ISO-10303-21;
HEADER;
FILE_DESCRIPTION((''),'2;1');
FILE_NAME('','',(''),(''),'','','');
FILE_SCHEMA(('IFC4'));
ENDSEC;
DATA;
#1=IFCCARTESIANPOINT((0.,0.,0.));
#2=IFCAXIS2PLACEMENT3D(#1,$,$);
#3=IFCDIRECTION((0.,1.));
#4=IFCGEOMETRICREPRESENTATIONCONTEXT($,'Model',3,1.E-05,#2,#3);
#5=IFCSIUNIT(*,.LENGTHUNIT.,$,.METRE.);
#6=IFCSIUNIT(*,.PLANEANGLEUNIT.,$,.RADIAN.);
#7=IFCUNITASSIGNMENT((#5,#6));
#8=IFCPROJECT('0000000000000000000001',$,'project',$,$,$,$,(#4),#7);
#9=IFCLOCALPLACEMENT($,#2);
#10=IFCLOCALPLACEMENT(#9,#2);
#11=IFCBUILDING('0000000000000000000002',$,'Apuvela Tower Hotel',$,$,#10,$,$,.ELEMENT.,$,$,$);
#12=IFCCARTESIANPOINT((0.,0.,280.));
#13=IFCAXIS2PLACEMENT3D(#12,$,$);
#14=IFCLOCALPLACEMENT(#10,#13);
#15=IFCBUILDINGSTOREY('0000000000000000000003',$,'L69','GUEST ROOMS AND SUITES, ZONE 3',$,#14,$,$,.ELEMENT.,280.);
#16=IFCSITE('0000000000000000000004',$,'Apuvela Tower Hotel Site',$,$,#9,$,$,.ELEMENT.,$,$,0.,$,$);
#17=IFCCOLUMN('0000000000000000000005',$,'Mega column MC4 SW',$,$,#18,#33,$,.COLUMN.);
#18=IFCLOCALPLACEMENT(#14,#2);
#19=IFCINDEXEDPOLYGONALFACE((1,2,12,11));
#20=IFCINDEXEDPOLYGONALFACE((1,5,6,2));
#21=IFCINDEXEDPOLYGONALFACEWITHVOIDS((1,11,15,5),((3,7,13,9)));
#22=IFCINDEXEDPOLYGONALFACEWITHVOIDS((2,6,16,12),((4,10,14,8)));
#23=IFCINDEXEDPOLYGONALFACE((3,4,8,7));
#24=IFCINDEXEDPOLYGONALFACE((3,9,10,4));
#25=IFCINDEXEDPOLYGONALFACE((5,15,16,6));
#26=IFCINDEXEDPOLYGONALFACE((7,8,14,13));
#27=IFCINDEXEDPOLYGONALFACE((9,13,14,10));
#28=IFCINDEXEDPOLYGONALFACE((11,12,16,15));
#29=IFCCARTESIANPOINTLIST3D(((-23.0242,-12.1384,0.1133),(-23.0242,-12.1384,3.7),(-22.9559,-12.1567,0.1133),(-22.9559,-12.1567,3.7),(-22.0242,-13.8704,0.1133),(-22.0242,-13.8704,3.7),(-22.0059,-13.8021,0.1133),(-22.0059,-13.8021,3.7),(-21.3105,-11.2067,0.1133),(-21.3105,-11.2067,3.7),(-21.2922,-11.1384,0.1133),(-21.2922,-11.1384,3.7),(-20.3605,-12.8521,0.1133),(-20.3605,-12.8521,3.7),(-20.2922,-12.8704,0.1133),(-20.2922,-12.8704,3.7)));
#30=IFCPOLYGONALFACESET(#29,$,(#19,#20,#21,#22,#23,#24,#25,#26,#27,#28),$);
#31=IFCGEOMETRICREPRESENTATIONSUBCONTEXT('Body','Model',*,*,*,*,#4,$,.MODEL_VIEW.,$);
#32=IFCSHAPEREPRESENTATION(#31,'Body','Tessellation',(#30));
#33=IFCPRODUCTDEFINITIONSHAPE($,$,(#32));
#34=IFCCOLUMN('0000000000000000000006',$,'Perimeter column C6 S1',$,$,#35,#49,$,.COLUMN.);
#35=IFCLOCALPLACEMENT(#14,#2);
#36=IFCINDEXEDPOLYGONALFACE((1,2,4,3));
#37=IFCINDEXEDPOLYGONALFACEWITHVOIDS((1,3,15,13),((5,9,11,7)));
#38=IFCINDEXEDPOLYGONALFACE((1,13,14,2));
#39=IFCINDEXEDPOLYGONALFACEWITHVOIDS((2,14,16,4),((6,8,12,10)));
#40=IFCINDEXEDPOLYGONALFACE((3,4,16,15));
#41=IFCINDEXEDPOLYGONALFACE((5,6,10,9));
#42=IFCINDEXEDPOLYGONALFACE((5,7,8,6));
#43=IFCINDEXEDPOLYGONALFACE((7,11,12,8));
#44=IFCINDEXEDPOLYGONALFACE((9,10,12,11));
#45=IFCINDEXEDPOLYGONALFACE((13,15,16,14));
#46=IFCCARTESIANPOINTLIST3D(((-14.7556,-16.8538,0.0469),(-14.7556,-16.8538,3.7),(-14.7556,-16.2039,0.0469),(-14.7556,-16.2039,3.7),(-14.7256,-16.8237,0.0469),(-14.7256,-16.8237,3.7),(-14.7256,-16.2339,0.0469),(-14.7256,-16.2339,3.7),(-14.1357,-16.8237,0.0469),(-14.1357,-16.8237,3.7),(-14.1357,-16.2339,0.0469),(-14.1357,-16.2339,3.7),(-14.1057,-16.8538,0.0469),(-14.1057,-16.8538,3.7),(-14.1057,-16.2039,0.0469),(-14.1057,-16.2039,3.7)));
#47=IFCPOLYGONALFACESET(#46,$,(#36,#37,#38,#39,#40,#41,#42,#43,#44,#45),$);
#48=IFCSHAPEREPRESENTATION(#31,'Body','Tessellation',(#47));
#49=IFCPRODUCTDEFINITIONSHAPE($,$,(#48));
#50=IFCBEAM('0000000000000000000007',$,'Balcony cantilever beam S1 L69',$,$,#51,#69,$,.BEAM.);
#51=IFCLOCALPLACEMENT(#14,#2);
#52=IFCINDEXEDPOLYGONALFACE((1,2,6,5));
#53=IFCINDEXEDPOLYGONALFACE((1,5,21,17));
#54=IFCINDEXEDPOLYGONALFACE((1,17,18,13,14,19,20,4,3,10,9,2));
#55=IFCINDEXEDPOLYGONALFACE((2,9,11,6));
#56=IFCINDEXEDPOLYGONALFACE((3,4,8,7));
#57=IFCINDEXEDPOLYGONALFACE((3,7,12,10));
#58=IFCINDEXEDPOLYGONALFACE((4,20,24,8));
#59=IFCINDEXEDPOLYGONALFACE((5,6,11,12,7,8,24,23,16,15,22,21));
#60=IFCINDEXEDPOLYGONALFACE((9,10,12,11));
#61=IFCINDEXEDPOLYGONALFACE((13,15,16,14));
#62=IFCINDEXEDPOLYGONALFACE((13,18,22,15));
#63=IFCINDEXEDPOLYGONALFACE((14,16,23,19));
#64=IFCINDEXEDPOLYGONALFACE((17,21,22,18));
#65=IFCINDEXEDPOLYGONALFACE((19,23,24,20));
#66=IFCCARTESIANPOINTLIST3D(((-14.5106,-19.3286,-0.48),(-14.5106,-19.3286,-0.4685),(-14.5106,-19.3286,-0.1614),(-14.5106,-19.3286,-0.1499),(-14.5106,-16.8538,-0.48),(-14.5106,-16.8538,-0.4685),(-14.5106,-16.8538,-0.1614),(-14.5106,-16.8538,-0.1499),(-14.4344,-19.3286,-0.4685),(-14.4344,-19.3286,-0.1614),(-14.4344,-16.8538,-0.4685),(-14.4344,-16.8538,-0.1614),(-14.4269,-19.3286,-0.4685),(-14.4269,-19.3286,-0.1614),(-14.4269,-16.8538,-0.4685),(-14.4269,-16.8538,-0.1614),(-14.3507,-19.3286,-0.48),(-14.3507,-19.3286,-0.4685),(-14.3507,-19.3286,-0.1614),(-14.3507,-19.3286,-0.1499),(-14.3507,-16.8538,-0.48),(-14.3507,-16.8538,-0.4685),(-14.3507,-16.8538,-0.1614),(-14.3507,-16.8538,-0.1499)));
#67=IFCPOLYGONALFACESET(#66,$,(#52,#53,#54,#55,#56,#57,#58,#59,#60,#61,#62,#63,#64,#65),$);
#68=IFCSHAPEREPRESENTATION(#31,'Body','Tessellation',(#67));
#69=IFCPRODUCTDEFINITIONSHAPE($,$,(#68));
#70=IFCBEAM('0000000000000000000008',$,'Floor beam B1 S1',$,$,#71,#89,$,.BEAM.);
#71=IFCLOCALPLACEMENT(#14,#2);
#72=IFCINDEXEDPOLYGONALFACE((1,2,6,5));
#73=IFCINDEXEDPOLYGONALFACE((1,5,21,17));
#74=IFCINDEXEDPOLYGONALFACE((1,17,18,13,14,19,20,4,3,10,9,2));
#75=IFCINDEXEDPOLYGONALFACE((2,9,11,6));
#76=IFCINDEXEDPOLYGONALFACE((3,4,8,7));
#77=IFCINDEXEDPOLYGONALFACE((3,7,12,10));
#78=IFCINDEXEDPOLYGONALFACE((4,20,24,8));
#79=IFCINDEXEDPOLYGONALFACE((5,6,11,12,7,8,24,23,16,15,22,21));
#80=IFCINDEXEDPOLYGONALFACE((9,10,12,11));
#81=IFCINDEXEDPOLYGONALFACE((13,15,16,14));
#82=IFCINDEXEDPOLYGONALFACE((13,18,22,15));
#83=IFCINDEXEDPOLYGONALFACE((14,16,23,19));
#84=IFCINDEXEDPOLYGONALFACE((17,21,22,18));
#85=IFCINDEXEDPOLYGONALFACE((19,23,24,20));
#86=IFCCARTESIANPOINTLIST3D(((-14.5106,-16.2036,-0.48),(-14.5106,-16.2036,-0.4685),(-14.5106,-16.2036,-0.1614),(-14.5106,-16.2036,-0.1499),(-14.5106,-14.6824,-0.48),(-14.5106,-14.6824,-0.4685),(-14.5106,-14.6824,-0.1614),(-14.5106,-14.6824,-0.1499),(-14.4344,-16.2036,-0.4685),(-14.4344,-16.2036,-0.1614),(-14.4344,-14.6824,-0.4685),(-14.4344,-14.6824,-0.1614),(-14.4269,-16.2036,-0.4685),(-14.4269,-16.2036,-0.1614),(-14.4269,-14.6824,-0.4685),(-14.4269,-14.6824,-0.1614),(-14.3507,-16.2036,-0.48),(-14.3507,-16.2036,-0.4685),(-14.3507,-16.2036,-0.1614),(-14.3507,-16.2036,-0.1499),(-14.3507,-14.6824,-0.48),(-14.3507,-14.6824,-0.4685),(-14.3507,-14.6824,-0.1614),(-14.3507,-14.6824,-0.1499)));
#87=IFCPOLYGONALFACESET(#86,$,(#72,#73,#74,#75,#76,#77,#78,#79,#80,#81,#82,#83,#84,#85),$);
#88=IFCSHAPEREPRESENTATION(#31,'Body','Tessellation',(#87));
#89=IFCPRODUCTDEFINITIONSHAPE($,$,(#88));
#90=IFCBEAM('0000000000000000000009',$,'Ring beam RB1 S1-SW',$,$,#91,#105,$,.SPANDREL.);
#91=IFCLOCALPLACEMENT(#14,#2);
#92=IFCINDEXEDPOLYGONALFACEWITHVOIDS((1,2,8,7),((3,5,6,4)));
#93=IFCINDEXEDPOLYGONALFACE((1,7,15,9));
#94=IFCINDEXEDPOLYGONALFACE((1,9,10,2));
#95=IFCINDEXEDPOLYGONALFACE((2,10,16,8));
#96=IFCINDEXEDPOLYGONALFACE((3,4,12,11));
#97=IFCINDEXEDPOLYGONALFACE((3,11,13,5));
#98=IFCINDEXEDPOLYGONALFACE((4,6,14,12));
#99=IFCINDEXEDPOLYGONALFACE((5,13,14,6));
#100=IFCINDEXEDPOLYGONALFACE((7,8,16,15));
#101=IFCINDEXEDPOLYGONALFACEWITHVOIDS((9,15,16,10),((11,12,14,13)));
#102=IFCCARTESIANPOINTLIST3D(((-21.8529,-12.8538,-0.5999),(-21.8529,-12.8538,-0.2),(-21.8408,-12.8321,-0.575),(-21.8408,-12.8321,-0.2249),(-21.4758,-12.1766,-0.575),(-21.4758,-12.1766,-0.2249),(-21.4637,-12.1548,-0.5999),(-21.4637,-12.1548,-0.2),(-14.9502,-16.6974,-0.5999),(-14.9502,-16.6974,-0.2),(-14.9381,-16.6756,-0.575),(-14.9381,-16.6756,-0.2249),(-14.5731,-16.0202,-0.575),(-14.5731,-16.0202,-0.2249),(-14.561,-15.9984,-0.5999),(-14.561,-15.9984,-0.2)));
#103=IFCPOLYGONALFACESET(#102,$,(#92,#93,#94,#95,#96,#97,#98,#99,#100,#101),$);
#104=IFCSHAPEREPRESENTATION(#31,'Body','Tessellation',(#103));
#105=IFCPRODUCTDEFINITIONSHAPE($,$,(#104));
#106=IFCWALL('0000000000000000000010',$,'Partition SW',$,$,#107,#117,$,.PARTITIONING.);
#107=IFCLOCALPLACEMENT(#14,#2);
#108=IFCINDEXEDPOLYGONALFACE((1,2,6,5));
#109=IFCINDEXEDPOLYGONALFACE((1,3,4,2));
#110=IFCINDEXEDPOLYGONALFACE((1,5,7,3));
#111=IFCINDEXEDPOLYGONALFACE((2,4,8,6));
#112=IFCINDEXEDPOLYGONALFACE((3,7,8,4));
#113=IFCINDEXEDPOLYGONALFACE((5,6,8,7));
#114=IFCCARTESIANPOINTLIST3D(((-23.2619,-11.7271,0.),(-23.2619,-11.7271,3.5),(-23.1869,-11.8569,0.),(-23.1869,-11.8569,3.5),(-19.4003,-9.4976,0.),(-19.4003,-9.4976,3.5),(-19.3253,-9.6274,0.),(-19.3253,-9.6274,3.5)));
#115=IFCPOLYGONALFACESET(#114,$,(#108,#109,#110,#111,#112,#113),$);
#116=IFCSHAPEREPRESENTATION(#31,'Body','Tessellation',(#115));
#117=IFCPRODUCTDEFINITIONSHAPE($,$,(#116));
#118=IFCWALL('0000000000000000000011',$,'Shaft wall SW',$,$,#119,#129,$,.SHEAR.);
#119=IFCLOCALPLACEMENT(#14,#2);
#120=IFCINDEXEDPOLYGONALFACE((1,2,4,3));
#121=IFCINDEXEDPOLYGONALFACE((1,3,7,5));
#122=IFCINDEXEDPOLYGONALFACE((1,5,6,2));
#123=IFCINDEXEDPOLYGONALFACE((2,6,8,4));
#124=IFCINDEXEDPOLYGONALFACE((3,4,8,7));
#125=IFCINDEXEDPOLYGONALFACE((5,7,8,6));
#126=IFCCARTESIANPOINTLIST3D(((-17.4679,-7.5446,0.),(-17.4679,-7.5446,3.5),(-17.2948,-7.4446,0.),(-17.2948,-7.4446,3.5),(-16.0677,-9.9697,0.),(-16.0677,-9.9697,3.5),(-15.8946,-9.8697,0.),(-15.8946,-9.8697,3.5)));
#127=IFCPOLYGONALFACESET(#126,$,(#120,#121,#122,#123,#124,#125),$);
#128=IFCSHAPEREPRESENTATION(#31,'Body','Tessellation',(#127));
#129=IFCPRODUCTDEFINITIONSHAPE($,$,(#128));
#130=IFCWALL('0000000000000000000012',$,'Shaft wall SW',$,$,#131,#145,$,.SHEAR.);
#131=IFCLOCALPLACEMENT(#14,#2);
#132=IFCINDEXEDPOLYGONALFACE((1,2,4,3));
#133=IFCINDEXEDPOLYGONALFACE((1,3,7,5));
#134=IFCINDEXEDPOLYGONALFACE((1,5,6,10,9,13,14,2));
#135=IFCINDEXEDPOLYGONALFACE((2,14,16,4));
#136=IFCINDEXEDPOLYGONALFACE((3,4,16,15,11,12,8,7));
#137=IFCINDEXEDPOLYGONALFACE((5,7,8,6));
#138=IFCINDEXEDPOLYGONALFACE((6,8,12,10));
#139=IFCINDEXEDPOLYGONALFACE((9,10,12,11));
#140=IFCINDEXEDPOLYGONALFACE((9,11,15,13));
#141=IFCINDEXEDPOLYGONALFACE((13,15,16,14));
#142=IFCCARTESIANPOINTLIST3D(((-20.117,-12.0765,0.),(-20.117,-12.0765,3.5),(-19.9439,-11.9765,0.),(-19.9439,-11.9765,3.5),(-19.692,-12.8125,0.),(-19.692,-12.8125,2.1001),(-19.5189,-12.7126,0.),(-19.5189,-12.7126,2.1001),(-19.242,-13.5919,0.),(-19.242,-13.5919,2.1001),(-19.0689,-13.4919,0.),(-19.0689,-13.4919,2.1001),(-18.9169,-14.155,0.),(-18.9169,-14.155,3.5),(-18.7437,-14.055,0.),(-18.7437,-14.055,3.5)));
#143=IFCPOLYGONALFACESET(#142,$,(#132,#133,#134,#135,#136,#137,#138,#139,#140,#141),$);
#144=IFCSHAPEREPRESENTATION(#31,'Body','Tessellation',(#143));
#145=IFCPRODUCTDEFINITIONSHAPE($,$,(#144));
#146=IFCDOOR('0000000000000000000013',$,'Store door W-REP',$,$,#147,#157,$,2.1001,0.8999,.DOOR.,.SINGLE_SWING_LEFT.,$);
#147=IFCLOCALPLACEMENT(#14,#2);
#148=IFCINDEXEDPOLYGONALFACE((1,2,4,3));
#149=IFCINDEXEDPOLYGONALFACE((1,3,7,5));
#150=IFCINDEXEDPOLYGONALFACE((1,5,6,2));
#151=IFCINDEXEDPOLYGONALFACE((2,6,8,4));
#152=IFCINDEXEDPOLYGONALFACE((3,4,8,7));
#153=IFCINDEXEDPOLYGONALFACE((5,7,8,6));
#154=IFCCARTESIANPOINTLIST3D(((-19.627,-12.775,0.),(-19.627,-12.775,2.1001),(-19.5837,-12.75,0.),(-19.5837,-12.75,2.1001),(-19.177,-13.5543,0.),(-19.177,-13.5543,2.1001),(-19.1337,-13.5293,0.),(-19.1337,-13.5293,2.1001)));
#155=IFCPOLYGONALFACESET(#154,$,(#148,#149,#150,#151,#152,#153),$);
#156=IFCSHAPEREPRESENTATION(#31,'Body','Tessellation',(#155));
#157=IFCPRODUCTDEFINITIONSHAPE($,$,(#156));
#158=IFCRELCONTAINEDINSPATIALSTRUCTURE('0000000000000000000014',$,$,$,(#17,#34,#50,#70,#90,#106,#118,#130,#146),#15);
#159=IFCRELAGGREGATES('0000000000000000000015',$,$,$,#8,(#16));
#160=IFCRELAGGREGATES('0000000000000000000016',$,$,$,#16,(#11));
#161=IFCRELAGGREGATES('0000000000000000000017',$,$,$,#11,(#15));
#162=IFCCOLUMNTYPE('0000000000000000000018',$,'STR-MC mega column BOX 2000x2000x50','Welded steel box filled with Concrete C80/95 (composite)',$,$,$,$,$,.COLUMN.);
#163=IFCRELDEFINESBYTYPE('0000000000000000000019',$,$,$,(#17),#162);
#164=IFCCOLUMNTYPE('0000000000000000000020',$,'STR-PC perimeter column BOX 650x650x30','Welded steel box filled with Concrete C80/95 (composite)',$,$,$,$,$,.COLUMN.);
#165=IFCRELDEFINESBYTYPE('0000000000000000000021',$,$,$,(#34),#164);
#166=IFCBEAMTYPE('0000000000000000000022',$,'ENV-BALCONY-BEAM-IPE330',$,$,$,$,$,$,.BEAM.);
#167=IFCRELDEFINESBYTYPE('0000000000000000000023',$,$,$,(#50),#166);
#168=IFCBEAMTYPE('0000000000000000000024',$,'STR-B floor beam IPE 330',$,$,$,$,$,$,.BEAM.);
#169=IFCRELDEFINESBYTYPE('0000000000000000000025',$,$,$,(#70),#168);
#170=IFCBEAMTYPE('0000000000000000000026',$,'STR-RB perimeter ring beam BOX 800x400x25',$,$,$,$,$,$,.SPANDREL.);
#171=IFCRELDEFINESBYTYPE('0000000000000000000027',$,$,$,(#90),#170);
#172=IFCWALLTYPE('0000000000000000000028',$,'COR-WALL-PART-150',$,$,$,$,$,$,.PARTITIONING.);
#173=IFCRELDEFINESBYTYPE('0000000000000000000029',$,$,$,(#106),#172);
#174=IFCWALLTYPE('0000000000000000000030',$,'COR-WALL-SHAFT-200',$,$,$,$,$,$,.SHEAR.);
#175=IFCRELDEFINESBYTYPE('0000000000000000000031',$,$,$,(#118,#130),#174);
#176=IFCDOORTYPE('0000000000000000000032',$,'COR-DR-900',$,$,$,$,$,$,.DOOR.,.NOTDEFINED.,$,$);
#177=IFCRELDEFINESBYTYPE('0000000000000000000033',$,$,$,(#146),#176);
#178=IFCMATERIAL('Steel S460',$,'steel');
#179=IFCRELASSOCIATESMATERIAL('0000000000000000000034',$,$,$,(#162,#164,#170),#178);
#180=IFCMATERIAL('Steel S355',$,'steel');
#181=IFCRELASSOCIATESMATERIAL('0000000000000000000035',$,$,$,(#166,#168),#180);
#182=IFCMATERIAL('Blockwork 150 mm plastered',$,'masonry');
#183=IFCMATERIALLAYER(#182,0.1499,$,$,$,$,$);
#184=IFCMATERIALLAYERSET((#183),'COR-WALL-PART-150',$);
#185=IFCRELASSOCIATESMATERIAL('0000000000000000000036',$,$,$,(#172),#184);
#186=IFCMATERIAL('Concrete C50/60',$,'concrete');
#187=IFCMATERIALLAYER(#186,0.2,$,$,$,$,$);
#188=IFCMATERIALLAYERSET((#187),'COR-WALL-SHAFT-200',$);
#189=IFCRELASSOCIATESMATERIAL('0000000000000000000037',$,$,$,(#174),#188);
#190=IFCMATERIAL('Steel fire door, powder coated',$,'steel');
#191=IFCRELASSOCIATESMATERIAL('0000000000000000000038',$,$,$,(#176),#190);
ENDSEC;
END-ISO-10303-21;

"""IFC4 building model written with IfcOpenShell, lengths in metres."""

from ifc_helpers import new_model, si_unit, direction, frame, frame_2d, origin, origin_2d, place, context, subcontext, project, spatial, rectangle, hollow_rectangle, i_section, extrude, boolean, halfspace, material, layer, layer_set, material_profile, profile_set, type_object, element, fill, save


model = new_model("IFC4")

# Units and contexts
model_context = context("Model", 3, precision=1e-05, world=origin(), true_north=direction((0.0, 1.0)))
body_context = subcontext(model_context, "Body", "Model", "MODEL_VIEW")
ifc_project = project(units=[si_unit("LENGTHUNIT", "METRE"), si_unit("PLANEANGLEUNIT", "RADIAN")], contexts=[model_context])

# Site, building, storey
site_placement = place(None, origin())
site = spatial("IfcSite", under=ifc_project, at=site_placement, Name="Apuvela Tower Hotel Site", CompositionType="ELEMENT", RefElevation=0.0)
building_placement = place(site_placement, origin())
building = spatial("IfcBuilding", under=site, at=building_placement, Name="Apuvela Tower Hotel", CompositionType="ELEMENT")
storey_placement = place(building_placement, frame((0.0, 0.0, 280.0)))
storey = spatial("IfcBuildingStorey", under=building, at=storey_placement, Name="L69", Description="GUEST ROOMS AND SUITES, ZONE 3", CompositionType="ELEMENT", Elevation=280.0)

# Columns
ifc_material_1 = material(Name="Steel S460", Category="steel")
ifc_material_profile_1 = material_profile(ifc_material_1, hollow_rectangle(XDim=2.0, YDim=2.0, WallThickness=0.05, at=origin_2d()), Name="BOX 2000x2000x50")
ifc_material_2 = material(Name="Concrete C80/95", Category="concrete")
ifc_material_profile_2 = material_profile(ifc_material_2, rectangle(XDim=1.8999, YDim=1.8999, at=origin_2d()), Name="Concrete C80/95 infill")
ifc_profile_set_1 = profile_set([ifc_material_profile_1, ifc_material_profile_2], Name="Steel S460")
column_type_1 = type_object("IfcColumnType", Name="STR-MC mega column BOX 2000x2000x50", Description="Welded steel box filled with Concrete C80/95 (composite)", PredefinedType="COLUMN", material=ifc_profile_set_1)
column_1_placement = place(storey_placement, frame((-21.6582, -12.5044, 0.0), z_axis=(0.0, 0.0, 1.0), x_axis=(-0.5, 0.866025, 0.0)))
element("IfcColumn", 1, at=column_1_placement, inside=storey, type_object=column_type_1, Name="Mega column MC4 SW", PredefinedType="COLUMN", context=body_context, shape_type="SweptSolid", body=[
    boolean("DIFFERENCE", extrude(hollow_rectangle(XDim=2.0, YDim=2.0, WallThickness=0.05, at=origin_2d()), origin(), (0.0, 0.0, 1.0), 3.7), halfspace(frame((0.0, 0.0, 0.1133), z_axis=(0.0, 0.0, 1.0), x_axis=(1.0, 0.0, 0.0)), True)),
])
ifc_material_profile_3 = material_profile(ifc_material_1, hollow_rectangle(XDim=0.6499, YDim=0.6499, WallThickness=0.03, at=origin_2d()), Name="BOX 650x650x30")
ifc_material_profile_4 = material_profile(ifc_material_2, rectangle(XDim=0.5901, YDim=0.5901, at=origin_2d()), Name="Concrete C80/95 infill")
ifc_profile_set_2 = profile_set([ifc_material_profile_3, ifc_material_profile_4], Name="Steel S460")
column_type_2 = type_object("IfcColumnType", Name="STR-PC perimeter column BOX 650x650x30", Description="Welded steel box filled with Concrete C80/95 (composite)", PredefinedType="COLUMN", material=ifc_profile_set_2)
column_2_placement = place(storey_placement, frame((-14.4307, -16.5288, 0.0), z_axis=(0.0, 0.0, 1.0), x_axis=(-1.0, 0.0, 0.0)))
element("IfcColumn", 2, at=column_2_placement, inside=storey, type_object=column_type_2, Name="Perimeter column C6 S1", PredefinedType="COLUMN", context=body_context, shape_type="SweptSolid", body=[
    boolean("DIFFERENCE", extrude(hollow_rectangle(XDim=0.6499, YDim=0.6499, WallThickness=0.03, at=origin_2d()), origin(), (0.0, 0.0, 1.0), 3.7), halfspace(frame((0.0, 0.0, 0.0469), z_axis=(0.0, 0.0, 1.0), x_axis=(1.0, 0.0, 0.0)), True)),
])

# Beams
ifc_material_3 = material(Name="Steel S355", Category="steel")
ifc_material_profile_5 = material_profile(ifc_material_3, i_section(OverallWidth=0.1599, OverallDepth=0.3301, WebThickness=0.0076, FlangeThickness=0.0115, at=origin_2d()), Name="IPE 330")
ifc_profile_set_3 = profile_set([ifc_material_profile_5], Name="Steel S355")
beam_type_1 = type_object("IfcBeamType", Name="ENV-BALCONY-BEAM-IPE330", PredefinedType="BEAM", material=ifc_profile_set_3)
beam_1_placement = place(storey_placement, frame((-14.4307, -16.8538, -0.3149), z_axis=(0.0, -1.0, 0.0), x_axis=(1.0, 0.0, 0.0)))
element("IfcBeam", 3, at=beam_1_placement, inside=storey, type_object=beam_type_1, Name="Balcony cantilever beam S1 L69", PredefinedType="BEAM", context=body_context, shape_type="SweptSolid", body=[
    extrude(i_section(OverallWidth=0.1599, OverallDepth=0.3301, WebThickness=0.0076, FlangeThickness=0.0115, at=origin_2d()), origin(), (0.0, 0.0, 1.0), 2.4749),
])
ifc_material_profile_6 = material_profile(ifc_material_3, i_section(OverallWidth=0.1599, OverallDepth=0.3301, WebThickness=0.0076, FlangeThickness=0.0115, at=origin_2d()), Name="IPE 330")
ifc_profile_set_4 = profile_set([ifc_material_profile_6], Name="Steel S355")
beam_type_2 = type_object("IfcBeamType", Name="STR-B floor beam IPE 330", PredefinedType="BEAM", material=ifc_profile_set_4)
beam_2_placement = place(storey_placement, frame((-14.4307, -16.2036, -0.3149), z_axis=(0.0, 1.0, 0.0), x_axis=(-1.0, 0.0, 0.0)))
element("IfcBeam", 4, at=beam_2_placement, inside=storey, type_object=beam_type_2, Name="Floor beam B1 S1", PredefinedType="BEAM", context=body_context, shape_type="SweptSolid", body=[
    extrude(i_section(OverallWidth=0.1599, OverallDepth=0.3301, WebThickness=0.0076, FlangeThickness=0.0115, at=origin_2d()), origin(), (0.0, 0.0, 1.0), 1.5212),
])
ifc_material_profile_7 = material_profile(ifc_material_1, hollow_rectangle(XDim=0.8, YDim=0.3999, WallThickness=0.0249, at=origin_2d()), Name="BOX 800x400x25")
ifc_profile_set_5 = profile_set([ifc_material_profile_7], Name="Steel S460")
beam_type_3 = type_object("IfcBeamType", Name="STR-RB perimeter ring beam BOX 800x400x25", PredefinedType="SPANDREL", material=ifc_profile_set_5)
beam_3_placement = place(storey_placement, frame((-14.7556, -16.3479, -0.3999), z_axis=(-0.873688, 0.486488, 0.0), x_axis=(-0.486488, -0.873688, 0.0)))
element("IfcBeam", 5, at=beam_3_placement, inside=storey, type_object=beam_type_3, Name="Ring beam RB1 S1-SW", PredefinedType="SPANDREL", context=body_context, shape_type="SweptSolid", body=[
    extrude(hollow_rectangle(XDim=0.8, YDim=0.3999, WallThickness=0.0249, at=origin_2d()), origin(), (0.0, 0.0, 1.0), 7.9006),
])

# Walls
ifc_material_4 = material(Name="Blockwork 150 mm plastered", Category="masonry")
ifc_layer_1 = layer(ifc_material_4, 0.1499)
ifc_layer_set_1 = layer_set([ifc_layer_1], Name="COR-WALL-PART-150")
wall_type_1 = type_object("IfcWallType", Name="COR-WALL-PART-150", PredefinedType="PARTITIONING", material=ifc_layer_set_1)
wall_1_placement = place(storey_placement, frame((-19.3628, -9.5625, 0.0), z_axis=(0.0, 0.0, 1.0), x_axis=(-0.866024, -0.500002, 0.0)))
element("IfcWall", 6, at=wall_1_placement, inside=storey, type_object=wall_type_1, Name="Partition SW", PredefinedType="PARTITIONING", context=body_context, shape_type="SweptSolid", body=[
    extrude(rectangle(XDim=4.459, YDim=0.1499, at=frame_2d((2.2295, 0.0))), origin(), (0.0, 0.0, 1.0), 3.5),
])
ifc_material_5 = material(Name="Concrete C50/60", Category="concrete")
ifc_layer_2 = layer(ifc_material_5, 0.2)
ifc_layer_set_2 = layer_set([ifc_layer_2], Name="COR-WALL-SHAFT-200")
wall_type_2 = type_object("IfcWallType", Name="COR-WALL-SHAFT-200", PredefinedType="SHEAR", material=ifc_layer_set_2)
wall_2_placement = place(storey_placement, frame((-17.3813, -7.4946, 0.0), z_axis=(0.0, 0.0, 1.0), x_axis=(0.500012, -0.866019, 0.0)))
element("IfcWall", 7, at=wall_2_placement, inside=storey, type_object=wall_type_2, Name="Shaft wall SW", PredefinedType="SHEAR", context=body_context, shape_type="SweptSolid", body=[
    extrude(rectangle(XDim=2.8003, YDim=0.2, at=frame_2d((1.4001, 0.0))), origin(), (0.0, 0.0, 1.0), 3.5),
])

# Wall, opening, door
wall_3_placement = place(storey_placement, frame((-20.0305, -12.0264, 0.0), z_axis=(0.0, 0.0, 1.0), x_axis=(0.500034, -0.866006, 0.0)))
wall_3 = element("IfcWall", 8, at=wall_3_placement, inside=storey, type_object=wall_type_2, Name="Shaft wall SW", PredefinedType="SHEAR", context=body_context, shape_type="SweptSolid", body=[
    extrude(rectangle(XDim=2.4001, YDim=0.2, at=frame_2d((1.2002, 0.0))), origin(), (0.0, 0.0, 1.0), 3.5),
])
opening_1_placement = place(wall_3_placement, frame((0.8501, 0.0, 0.0)))
opening_1 = element("IfcOpeningElement", 9, at=opening_1_placement, cuts=wall_3, PredefinedType="OPENING", context=body_context, shape_type="SweptSolid", body=[
    extrude(rectangle(XDim=0.8999, YDim=2.1001, at=frame_2d((0.45, 1.05))), frame((0.0, 0.1099, 0.0), z_axis=(0.0, -1.0, 0.0), x_axis=(1.0, 0.0, 0.0)), (0.0, 0.0, 1.0), 0.22),
])
ifc_material_6 = material(Name="Steel fire door, powder coated", Category="steel")
door_type_1 = type_object("IfcDoorType", Name="COR-DR-900", OperationType="NOTDEFINED", PredefinedType="DOOR", material=ifc_material_6)
door_1_placement = place(opening_1_placement, frame((0.8999, 0.0, 0.0), z_axis=(0.0, 0.0, 1.0), x_axis=(-1.0, 0.0, 0.0)))
door_1 = element("IfcDoor", 10, at=door_1_placement, inside=storey, type_object=door_type_1, Name="Store door W-REP", OperationType="SINGLE_SWING_LEFT", OverallHeight=2.1001, OverallWidth=0.8999, PredefinedType="DOOR", context=body_context, shape_type="SweptSolid", body=[
    extrude(rectangle(XDim=0.8999, YDim=2.1001, at=frame_2d((0.45, 1.05))), frame((0.0, 0.0249, 0.0), z_axis=(0.0, -1.0, 0.0), x_axis=(1.0, 0.0, 0.0)), (0.0, 0.0, 1.0), 0.05),
])
fill(opening_1, door_1)

save(model, "model.ifc")
